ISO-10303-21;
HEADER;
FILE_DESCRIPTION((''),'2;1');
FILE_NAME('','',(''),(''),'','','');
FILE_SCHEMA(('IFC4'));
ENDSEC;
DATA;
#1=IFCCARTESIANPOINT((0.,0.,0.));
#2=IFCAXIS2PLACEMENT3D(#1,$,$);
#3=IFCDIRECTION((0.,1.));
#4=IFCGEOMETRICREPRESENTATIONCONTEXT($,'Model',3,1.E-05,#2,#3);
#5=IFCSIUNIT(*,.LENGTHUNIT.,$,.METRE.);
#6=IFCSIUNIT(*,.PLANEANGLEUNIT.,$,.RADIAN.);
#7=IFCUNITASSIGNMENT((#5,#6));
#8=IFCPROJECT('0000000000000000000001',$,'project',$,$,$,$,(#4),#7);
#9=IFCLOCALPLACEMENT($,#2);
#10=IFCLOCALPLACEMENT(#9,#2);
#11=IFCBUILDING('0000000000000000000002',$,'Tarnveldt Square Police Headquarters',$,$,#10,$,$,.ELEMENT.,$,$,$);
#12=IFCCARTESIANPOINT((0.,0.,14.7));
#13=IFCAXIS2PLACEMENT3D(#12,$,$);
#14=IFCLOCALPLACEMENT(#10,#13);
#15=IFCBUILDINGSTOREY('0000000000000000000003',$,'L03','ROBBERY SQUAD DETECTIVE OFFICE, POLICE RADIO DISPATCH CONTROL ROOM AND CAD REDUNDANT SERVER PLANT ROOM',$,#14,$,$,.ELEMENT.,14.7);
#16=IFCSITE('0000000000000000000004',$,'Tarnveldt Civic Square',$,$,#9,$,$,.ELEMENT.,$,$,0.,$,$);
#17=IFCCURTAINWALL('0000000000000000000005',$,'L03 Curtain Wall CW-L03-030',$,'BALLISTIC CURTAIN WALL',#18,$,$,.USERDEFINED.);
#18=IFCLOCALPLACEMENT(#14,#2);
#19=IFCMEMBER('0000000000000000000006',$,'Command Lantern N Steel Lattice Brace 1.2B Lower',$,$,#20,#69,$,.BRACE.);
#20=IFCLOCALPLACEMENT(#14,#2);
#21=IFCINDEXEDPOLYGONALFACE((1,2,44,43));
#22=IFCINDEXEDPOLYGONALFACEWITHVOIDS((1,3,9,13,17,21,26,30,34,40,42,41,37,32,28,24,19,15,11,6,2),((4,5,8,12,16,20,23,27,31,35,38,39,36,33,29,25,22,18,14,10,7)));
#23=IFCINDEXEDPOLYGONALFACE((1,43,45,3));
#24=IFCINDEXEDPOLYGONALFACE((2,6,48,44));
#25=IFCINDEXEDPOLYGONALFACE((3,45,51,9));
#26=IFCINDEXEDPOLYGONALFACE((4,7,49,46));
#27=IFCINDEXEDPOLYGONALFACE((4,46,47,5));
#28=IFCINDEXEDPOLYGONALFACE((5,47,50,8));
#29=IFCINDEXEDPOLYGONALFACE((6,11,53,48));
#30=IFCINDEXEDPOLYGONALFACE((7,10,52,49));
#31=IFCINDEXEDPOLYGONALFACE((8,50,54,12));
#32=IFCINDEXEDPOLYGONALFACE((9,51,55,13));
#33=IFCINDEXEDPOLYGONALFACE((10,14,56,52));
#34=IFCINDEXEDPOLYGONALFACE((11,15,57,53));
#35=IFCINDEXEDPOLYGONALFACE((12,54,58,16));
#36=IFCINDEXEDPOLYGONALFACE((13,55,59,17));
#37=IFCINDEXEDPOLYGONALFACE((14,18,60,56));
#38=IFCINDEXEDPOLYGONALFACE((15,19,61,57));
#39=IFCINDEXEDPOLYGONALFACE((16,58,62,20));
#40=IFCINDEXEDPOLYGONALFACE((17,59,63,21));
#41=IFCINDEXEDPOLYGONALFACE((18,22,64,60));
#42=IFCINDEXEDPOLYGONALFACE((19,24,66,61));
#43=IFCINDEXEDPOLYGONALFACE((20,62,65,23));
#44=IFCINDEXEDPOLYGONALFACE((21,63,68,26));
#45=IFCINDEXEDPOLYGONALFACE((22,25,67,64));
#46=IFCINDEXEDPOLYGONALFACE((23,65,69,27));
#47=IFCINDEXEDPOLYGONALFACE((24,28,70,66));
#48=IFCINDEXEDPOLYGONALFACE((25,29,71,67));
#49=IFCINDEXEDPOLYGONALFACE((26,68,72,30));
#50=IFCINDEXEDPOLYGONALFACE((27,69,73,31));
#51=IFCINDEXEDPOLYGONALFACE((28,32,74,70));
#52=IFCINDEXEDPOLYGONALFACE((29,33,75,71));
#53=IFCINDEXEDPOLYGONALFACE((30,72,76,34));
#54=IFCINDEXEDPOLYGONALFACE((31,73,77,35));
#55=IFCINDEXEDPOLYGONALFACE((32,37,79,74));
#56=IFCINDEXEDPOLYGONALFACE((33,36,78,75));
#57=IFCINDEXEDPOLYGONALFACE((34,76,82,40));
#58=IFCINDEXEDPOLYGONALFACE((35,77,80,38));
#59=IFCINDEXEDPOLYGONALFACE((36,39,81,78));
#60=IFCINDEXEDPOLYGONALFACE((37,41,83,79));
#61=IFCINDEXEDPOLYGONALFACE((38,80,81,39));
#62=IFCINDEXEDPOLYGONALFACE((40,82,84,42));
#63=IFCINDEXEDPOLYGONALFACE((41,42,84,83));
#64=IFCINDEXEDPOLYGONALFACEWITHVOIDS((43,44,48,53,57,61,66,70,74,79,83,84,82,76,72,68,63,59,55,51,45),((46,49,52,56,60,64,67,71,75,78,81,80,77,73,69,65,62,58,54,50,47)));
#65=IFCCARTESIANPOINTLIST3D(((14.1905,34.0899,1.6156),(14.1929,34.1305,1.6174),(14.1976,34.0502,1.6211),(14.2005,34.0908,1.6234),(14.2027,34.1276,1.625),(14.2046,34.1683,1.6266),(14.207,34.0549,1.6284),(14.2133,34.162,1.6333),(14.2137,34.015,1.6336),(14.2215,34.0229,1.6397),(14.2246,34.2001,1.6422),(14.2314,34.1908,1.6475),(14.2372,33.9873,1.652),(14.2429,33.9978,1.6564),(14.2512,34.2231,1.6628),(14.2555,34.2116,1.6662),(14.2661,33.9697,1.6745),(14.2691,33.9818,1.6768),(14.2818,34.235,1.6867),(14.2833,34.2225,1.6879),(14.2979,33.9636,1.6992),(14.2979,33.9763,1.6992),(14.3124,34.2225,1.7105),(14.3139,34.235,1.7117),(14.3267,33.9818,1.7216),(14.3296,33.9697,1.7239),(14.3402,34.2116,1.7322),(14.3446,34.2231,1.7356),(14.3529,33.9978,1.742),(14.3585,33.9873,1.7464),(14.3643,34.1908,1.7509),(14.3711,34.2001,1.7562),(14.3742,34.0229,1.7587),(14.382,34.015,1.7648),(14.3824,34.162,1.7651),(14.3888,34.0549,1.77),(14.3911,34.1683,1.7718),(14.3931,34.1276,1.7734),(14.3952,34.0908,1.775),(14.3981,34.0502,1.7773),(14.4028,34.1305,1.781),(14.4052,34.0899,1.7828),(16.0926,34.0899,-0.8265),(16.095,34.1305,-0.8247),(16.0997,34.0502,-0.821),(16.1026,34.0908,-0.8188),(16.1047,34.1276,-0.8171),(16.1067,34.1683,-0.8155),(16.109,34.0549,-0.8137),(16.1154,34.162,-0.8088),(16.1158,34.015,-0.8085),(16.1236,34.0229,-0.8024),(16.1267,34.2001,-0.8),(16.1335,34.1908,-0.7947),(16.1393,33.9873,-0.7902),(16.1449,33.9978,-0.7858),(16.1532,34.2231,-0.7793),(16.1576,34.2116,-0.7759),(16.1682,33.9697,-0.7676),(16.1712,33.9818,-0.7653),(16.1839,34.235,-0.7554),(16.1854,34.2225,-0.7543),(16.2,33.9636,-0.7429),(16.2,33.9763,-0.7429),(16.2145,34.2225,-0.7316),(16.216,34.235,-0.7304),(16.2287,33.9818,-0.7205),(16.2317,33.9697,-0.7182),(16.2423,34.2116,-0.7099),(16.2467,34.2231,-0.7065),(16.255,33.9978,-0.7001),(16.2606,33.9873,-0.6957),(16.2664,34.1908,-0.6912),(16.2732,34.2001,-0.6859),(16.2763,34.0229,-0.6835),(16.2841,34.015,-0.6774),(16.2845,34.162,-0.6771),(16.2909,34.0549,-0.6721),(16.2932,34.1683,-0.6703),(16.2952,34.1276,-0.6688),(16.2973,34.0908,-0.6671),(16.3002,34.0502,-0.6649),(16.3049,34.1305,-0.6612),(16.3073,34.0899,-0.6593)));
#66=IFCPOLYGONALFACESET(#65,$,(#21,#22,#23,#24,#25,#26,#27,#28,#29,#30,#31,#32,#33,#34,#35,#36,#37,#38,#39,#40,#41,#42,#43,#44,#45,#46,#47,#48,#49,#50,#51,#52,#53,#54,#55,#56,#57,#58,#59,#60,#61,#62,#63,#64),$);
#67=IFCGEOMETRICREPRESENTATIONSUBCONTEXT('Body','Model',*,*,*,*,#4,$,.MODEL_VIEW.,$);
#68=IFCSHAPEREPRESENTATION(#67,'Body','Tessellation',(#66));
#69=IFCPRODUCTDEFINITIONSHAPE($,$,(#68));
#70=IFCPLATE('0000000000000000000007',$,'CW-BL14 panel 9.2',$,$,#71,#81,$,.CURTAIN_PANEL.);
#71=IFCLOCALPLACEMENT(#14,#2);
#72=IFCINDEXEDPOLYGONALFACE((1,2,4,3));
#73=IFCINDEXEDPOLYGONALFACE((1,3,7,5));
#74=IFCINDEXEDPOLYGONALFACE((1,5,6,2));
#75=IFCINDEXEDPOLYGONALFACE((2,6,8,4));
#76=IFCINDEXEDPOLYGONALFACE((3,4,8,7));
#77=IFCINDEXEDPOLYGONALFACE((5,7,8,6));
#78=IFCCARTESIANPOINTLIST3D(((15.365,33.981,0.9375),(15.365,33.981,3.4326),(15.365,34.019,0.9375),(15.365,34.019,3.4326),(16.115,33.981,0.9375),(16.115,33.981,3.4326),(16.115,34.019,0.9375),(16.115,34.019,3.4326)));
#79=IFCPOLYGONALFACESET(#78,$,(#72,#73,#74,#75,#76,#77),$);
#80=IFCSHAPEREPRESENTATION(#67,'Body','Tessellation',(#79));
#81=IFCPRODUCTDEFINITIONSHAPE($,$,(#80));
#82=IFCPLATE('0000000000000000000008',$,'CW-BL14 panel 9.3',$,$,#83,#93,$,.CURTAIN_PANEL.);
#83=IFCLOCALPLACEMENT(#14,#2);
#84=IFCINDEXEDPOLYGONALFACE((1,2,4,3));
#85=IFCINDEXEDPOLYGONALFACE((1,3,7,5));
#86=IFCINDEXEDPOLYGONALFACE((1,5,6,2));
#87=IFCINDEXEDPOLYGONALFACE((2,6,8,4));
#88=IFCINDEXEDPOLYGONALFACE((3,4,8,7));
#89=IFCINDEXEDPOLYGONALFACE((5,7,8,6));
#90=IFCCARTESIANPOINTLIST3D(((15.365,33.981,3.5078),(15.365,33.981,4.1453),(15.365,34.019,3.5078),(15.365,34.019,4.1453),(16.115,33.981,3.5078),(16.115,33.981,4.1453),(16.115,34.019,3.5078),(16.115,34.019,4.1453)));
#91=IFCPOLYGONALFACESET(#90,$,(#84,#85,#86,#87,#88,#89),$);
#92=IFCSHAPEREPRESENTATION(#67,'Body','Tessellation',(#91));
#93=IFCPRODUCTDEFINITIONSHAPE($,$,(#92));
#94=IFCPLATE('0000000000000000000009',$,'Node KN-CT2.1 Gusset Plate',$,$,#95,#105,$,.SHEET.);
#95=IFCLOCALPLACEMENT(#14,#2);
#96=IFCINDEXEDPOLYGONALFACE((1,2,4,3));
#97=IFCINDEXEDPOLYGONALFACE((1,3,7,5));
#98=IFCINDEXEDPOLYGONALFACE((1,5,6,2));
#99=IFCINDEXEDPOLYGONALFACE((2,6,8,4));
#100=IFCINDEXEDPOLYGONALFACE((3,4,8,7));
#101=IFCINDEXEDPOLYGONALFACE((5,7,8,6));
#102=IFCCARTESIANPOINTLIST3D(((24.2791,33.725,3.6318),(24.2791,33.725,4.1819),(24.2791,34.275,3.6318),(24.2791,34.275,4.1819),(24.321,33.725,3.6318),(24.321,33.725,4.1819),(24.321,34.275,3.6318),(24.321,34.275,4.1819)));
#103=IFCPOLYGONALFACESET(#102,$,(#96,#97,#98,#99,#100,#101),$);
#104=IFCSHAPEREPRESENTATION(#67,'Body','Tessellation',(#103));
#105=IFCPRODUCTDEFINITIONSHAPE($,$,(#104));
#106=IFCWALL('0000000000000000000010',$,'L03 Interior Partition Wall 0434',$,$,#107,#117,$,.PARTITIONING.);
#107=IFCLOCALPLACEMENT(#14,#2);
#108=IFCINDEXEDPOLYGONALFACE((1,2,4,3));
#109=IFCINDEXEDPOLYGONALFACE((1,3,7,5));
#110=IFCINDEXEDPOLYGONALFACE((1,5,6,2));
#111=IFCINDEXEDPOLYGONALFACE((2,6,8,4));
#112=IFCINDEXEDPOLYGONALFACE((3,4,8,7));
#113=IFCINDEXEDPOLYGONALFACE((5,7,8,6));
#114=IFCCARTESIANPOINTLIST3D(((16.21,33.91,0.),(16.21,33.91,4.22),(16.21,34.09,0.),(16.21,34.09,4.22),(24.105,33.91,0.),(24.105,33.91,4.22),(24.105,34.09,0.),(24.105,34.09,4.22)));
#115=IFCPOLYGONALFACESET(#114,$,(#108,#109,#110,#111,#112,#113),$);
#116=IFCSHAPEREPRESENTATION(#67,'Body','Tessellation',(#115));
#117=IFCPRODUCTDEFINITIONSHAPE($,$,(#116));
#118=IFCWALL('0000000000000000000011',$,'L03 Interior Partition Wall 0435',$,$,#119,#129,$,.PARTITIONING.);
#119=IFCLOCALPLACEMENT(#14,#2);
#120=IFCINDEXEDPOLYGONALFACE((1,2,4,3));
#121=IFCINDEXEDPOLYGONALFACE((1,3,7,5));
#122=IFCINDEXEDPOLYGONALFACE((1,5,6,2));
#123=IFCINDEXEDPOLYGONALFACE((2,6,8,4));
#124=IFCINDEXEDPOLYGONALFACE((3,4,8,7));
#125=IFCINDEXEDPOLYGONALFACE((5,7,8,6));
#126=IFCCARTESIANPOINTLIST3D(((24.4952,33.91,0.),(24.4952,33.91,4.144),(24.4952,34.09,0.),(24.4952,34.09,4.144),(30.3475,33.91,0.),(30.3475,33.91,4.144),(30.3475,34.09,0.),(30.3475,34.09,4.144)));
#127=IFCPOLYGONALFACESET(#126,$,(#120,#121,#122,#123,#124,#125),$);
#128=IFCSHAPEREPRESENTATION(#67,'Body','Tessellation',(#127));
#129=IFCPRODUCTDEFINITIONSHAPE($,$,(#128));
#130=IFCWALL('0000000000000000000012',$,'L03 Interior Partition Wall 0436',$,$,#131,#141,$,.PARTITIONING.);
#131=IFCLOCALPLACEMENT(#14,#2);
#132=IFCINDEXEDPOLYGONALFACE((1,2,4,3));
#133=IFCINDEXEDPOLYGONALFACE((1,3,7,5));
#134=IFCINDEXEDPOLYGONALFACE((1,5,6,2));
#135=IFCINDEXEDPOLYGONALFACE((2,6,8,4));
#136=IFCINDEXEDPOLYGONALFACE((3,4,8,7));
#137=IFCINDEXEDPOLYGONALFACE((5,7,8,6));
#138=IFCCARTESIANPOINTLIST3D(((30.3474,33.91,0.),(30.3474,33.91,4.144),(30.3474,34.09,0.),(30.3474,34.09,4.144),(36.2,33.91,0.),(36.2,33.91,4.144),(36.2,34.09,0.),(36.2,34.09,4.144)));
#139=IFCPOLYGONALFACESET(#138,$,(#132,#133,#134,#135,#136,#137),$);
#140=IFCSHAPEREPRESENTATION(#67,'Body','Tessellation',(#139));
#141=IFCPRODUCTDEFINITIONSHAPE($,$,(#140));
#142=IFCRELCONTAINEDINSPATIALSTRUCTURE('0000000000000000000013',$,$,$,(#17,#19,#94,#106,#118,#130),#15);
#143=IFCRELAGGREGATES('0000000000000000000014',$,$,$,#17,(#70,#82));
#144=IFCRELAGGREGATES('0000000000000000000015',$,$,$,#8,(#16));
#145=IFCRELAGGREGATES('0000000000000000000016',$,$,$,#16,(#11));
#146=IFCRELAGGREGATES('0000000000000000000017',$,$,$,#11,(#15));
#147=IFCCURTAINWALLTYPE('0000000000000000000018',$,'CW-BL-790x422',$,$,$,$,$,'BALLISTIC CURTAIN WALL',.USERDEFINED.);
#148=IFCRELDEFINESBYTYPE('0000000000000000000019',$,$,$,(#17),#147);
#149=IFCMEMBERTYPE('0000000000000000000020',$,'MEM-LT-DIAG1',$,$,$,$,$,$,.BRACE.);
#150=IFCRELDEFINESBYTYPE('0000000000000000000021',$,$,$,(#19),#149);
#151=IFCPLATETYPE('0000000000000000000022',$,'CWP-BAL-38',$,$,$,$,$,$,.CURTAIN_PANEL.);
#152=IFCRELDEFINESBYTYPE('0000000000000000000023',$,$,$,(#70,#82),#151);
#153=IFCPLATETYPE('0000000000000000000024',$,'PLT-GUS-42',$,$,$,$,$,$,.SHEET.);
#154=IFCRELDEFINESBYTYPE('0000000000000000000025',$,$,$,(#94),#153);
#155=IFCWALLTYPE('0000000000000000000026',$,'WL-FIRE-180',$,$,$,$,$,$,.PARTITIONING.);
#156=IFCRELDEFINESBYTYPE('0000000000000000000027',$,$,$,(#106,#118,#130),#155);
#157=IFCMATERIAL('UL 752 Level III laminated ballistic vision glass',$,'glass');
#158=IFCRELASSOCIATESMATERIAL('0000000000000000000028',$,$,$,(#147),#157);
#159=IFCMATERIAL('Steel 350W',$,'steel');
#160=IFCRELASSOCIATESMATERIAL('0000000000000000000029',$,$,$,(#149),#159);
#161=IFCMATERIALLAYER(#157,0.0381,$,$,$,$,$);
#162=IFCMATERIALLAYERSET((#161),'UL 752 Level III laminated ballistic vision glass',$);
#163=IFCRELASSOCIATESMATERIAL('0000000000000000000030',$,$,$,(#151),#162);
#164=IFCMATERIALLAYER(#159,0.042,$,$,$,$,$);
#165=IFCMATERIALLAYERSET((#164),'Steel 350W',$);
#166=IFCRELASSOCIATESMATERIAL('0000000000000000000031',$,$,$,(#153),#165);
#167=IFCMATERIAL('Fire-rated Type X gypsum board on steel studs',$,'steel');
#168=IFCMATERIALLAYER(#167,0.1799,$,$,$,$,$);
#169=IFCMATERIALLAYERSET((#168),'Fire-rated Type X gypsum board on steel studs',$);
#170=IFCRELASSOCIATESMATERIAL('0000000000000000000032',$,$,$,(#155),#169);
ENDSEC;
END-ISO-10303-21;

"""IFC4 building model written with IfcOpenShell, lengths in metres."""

from ifc_helpers import new_model, si_unit, direction, frame, frame_2d, origin, origin_2d, place, context, subcontext, project, spatial, rectangle, hollow_circle, extrude, material, layer, layer_set, material_profile, profile_set, type_object, element, aggregate, save


model = new_model("IFC4")

# Units and contexts
model_context = context("Model", 3, precision=1e-05, world=origin(), true_north=direction((0.0, 1.0)))
body_context = subcontext(model_context, "Body", "Model", "MODEL_VIEW")
ifc_project = project(units=[si_unit("LENGTHUNIT", "METRE"), si_unit("PLANEANGLEUNIT", "RADIAN")], contexts=[model_context])

# Site, building, storey
site_placement = place(None, origin())
site = spatial("IfcSite", under=ifc_project, at=site_placement, Name="Tarnveldt Civic Square", CompositionType="ELEMENT", RefElevation=0.0)
building_placement = place(site_placement, origin())
building = spatial("IfcBuilding", under=site, at=building_placement, Name="Tarnveldt Square Police Headquarters", CompositionType="ELEMENT")
storey_placement = place(building_placement, frame((0.0, 0.0, 14.7)))
storey = spatial("IfcBuildingStorey", under=building, at=storey_placement, Name="L03", Description="ROBBERY SQUAD DETECTIVE OFFICE, POLICE RADIO DISPATCH CONTROL ROOM AND CAD REDUNDANT SERVER PLANT ROOM", CompositionType="ELEMENT", Elevation=14.7)

# Shared definitions
ifc_material_1 = material(Name="Steel 350W", Category="steel")

# Curtain wall
ifc_material_2 = material(Name="UL 752 Level III laminated ballistic vision glass", Category="glass")
curtain_wall_type = type_object("IfcCurtainWallType", Name="CW-BL-790x422", ElementType="BALLISTIC CURTAIN WALL", PredefinedType="USERDEFINED", material=ifc_material_2)
curtain_wall_placement = place(storey_placement, origin())
curtain_wall = element("IfcCurtainWall", 1, at=curtain_wall_placement, inside=storey, type_object=curtain_wall_type, Name="L03 Curtain Wall CW-L03-030", ObjectType="BALLISTIC CURTAIN WALL", PredefinedType="USERDEFINED")

# Member
ifc_material_profile_1 = material_profile(ifc_material_1, hollow_circle(Radius=0.1365, WallThickness=0.0127, at=origin_2d()), Name="HSS273x13")
ifc_profile_set_1 = profile_set([ifc_material_profile_1], Name="Steel 350W")
member_type_1 = type_object("IfcMemberType", Name="MEM-LT-DIAG1", PredefinedType="BRACE", material=ifc_profile_set_1)
member_1_placement = place(storey_placement, frame((16.2, 34.1001, -0.7429), z_axis=(-0.614476, 0.0, 0.788936), x_axis=(0.0, -1.0, 0.0)))
element("IfcMember", 2, at=member_1_placement, inside=storey, type_object=member_type_1, Name="Command Lantern N Steel Lattice Brace 1.2B Lower", PredefinedType="BRACE", context=body_context, shape_type="SweptSolid", body=[
    extrude(hollow_circle(Radius=0.1365, WallThickness=0.0127, at=origin_2d()), origin(), (0.0, 0.0, 1.0), 3.0955),
])

# Plates
ifc_layer_1 = layer(ifc_material_2, 0.0381)
ifc_layer_set_1 = layer_set([ifc_layer_1], Name="UL 752 Level III laminated ballistic vision glass")
plate_type_1 = type_object("IfcPlateType", Name="CWP-BAL-38", PredefinedType="CURTAIN_PANEL", material=ifc_layer_set_1)
plate_1_placement = place(storey_placement, frame((15.74, 34.0, 0.9375), z_axis=(0.0, 0.0, 1.0), x_axis=(1.0, 0.0, 0.0)))
plate_1 = element("IfcPlate", 3, at=plate_1_placement, type_object=plate_type_1, Name="CW-BL14 panel 9.2", PredefinedType="CURTAIN_PANEL", context=body_context, shape_type="SweptSolid", body=[
    extrude(rectangle(XDim=0.75, YDim=0.0381, at=origin_2d()), origin(), (0.0, 0.0, 1.0), 2.4951),
])
plate_2_placement = place(storey_placement, frame((15.74, 34.0, 3.5078), z_axis=(0.0, 0.0, 1.0), x_axis=(1.0, 0.0, 0.0)))
plate_2 = element("IfcPlate", 4, at=plate_2_placement, type_object=plate_type_1, Name="CW-BL14 panel 9.3", PredefinedType="CURTAIN_PANEL", context=body_context, shape_type="SweptSolid", body=[
    extrude(rectangle(XDim=0.75, YDim=0.0381, at=origin_2d()), origin(), (0.0, 0.0, 1.0), 0.6375),
])
aggregate(curtain_wall, [plate_1, plate_2])
ifc_layer_2 = layer(ifc_material_1, 0.042)
ifc_layer_set_2 = layer_set([ifc_layer_2], Name="Steel 350W")
plate_type_2 = type_object("IfcPlateType", Name="PLT-GUS-42", PredefinedType="SHEET", material=ifc_layer_set_2)
plate_3_placement = place(storey_placement, frame((24.3, 34.0, 3.6318), z_axis=(0.0, 0.0, 1.0), x_axis=(1.0, 0.0, 0.0)))
element("IfcPlate", 5, at=plate_3_placement, inside=storey, type_object=plate_type_2, Name="Node KN-CT2.1 Gusset Plate", PredefinedType="SHEET", context=body_context, shape_type="SweptSolid", body=[
    extrude(rectangle(XDim=0.042, YDim=0.55, at=origin_2d()), origin(), (0.0, 0.0, 1.0), 0.55),
])

# Walls
ifc_material_3 = material(Name="Fire-rated Type X gypsum board on steel studs", Category="steel")
ifc_layer_3 = layer(ifc_material_3, 0.1799)
ifc_layer_set_3 = layer_set([ifc_layer_3], Name="Fire-rated Type X gypsum board on steel studs")
wall_type = type_object("IfcWallType", Name="WL-FIRE-180", PredefinedType="PARTITIONING", material=ifc_layer_set_3)
wall_1_placement = place(storey_placement, frame((16.21, 34.0, 0.0), z_axis=(0.0, 0.0, 1.0), x_axis=(1.0, 0.0, 0.0)))
element("IfcWall", 6, at=wall_1_placement, inside=storey, type_object=wall_type, Name="L03 Interior Partition Wall 0434", PredefinedType="PARTITIONING", context=body_context, shape_type="SweptSolid", body=[
    extrude(rectangle(XDim=7.895, YDim=0.1799, at=frame_2d((3.9475, 0.0))), origin(), (0.0, 0.0, 1.0), 4.22),
])
wall_2_placement = place(storey_placement, frame((24.4951, 34.0, 0.0), z_axis=(0.0, 0.0, 1.0), x_axis=(1.0, 0.0, 0.0)))
element("IfcWall", 7, at=wall_2_placement, inside=storey, type_object=wall_type, Name="L03 Interior Partition Wall 0435", PredefinedType="PARTITIONING", context=body_context, shape_type="SweptSolid", body=[
    extrude(rectangle(XDim=5.8523, YDim=0.1799, at=frame_2d((2.9263, 0.0))), origin(), (0.0, 0.0, 1.0), 4.144),
])
wall_3_placement = place(storey_placement, frame((30.3474, 34.0, 0.0), z_axis=(0.0, 0.0, 1.0), x_axis=(1.0, 0.0, 0.0)))
element("IfcWall", 8, at=wall_3_placement, inside=storey, type_object=wall_type, Name="L03 Interior Partition Wall 0436", PredefinedType="PARTITIONING", context=body_context, shape_type="SweptSolid", body=[
    extrude(rectangle(XDim=5.8525, YDim=0.1799, at=frame_2d((2.9263, 0.0))), origin(), (0.0, 0.0, 1.0), 4.144),
])

save(model, "model.ifc")
